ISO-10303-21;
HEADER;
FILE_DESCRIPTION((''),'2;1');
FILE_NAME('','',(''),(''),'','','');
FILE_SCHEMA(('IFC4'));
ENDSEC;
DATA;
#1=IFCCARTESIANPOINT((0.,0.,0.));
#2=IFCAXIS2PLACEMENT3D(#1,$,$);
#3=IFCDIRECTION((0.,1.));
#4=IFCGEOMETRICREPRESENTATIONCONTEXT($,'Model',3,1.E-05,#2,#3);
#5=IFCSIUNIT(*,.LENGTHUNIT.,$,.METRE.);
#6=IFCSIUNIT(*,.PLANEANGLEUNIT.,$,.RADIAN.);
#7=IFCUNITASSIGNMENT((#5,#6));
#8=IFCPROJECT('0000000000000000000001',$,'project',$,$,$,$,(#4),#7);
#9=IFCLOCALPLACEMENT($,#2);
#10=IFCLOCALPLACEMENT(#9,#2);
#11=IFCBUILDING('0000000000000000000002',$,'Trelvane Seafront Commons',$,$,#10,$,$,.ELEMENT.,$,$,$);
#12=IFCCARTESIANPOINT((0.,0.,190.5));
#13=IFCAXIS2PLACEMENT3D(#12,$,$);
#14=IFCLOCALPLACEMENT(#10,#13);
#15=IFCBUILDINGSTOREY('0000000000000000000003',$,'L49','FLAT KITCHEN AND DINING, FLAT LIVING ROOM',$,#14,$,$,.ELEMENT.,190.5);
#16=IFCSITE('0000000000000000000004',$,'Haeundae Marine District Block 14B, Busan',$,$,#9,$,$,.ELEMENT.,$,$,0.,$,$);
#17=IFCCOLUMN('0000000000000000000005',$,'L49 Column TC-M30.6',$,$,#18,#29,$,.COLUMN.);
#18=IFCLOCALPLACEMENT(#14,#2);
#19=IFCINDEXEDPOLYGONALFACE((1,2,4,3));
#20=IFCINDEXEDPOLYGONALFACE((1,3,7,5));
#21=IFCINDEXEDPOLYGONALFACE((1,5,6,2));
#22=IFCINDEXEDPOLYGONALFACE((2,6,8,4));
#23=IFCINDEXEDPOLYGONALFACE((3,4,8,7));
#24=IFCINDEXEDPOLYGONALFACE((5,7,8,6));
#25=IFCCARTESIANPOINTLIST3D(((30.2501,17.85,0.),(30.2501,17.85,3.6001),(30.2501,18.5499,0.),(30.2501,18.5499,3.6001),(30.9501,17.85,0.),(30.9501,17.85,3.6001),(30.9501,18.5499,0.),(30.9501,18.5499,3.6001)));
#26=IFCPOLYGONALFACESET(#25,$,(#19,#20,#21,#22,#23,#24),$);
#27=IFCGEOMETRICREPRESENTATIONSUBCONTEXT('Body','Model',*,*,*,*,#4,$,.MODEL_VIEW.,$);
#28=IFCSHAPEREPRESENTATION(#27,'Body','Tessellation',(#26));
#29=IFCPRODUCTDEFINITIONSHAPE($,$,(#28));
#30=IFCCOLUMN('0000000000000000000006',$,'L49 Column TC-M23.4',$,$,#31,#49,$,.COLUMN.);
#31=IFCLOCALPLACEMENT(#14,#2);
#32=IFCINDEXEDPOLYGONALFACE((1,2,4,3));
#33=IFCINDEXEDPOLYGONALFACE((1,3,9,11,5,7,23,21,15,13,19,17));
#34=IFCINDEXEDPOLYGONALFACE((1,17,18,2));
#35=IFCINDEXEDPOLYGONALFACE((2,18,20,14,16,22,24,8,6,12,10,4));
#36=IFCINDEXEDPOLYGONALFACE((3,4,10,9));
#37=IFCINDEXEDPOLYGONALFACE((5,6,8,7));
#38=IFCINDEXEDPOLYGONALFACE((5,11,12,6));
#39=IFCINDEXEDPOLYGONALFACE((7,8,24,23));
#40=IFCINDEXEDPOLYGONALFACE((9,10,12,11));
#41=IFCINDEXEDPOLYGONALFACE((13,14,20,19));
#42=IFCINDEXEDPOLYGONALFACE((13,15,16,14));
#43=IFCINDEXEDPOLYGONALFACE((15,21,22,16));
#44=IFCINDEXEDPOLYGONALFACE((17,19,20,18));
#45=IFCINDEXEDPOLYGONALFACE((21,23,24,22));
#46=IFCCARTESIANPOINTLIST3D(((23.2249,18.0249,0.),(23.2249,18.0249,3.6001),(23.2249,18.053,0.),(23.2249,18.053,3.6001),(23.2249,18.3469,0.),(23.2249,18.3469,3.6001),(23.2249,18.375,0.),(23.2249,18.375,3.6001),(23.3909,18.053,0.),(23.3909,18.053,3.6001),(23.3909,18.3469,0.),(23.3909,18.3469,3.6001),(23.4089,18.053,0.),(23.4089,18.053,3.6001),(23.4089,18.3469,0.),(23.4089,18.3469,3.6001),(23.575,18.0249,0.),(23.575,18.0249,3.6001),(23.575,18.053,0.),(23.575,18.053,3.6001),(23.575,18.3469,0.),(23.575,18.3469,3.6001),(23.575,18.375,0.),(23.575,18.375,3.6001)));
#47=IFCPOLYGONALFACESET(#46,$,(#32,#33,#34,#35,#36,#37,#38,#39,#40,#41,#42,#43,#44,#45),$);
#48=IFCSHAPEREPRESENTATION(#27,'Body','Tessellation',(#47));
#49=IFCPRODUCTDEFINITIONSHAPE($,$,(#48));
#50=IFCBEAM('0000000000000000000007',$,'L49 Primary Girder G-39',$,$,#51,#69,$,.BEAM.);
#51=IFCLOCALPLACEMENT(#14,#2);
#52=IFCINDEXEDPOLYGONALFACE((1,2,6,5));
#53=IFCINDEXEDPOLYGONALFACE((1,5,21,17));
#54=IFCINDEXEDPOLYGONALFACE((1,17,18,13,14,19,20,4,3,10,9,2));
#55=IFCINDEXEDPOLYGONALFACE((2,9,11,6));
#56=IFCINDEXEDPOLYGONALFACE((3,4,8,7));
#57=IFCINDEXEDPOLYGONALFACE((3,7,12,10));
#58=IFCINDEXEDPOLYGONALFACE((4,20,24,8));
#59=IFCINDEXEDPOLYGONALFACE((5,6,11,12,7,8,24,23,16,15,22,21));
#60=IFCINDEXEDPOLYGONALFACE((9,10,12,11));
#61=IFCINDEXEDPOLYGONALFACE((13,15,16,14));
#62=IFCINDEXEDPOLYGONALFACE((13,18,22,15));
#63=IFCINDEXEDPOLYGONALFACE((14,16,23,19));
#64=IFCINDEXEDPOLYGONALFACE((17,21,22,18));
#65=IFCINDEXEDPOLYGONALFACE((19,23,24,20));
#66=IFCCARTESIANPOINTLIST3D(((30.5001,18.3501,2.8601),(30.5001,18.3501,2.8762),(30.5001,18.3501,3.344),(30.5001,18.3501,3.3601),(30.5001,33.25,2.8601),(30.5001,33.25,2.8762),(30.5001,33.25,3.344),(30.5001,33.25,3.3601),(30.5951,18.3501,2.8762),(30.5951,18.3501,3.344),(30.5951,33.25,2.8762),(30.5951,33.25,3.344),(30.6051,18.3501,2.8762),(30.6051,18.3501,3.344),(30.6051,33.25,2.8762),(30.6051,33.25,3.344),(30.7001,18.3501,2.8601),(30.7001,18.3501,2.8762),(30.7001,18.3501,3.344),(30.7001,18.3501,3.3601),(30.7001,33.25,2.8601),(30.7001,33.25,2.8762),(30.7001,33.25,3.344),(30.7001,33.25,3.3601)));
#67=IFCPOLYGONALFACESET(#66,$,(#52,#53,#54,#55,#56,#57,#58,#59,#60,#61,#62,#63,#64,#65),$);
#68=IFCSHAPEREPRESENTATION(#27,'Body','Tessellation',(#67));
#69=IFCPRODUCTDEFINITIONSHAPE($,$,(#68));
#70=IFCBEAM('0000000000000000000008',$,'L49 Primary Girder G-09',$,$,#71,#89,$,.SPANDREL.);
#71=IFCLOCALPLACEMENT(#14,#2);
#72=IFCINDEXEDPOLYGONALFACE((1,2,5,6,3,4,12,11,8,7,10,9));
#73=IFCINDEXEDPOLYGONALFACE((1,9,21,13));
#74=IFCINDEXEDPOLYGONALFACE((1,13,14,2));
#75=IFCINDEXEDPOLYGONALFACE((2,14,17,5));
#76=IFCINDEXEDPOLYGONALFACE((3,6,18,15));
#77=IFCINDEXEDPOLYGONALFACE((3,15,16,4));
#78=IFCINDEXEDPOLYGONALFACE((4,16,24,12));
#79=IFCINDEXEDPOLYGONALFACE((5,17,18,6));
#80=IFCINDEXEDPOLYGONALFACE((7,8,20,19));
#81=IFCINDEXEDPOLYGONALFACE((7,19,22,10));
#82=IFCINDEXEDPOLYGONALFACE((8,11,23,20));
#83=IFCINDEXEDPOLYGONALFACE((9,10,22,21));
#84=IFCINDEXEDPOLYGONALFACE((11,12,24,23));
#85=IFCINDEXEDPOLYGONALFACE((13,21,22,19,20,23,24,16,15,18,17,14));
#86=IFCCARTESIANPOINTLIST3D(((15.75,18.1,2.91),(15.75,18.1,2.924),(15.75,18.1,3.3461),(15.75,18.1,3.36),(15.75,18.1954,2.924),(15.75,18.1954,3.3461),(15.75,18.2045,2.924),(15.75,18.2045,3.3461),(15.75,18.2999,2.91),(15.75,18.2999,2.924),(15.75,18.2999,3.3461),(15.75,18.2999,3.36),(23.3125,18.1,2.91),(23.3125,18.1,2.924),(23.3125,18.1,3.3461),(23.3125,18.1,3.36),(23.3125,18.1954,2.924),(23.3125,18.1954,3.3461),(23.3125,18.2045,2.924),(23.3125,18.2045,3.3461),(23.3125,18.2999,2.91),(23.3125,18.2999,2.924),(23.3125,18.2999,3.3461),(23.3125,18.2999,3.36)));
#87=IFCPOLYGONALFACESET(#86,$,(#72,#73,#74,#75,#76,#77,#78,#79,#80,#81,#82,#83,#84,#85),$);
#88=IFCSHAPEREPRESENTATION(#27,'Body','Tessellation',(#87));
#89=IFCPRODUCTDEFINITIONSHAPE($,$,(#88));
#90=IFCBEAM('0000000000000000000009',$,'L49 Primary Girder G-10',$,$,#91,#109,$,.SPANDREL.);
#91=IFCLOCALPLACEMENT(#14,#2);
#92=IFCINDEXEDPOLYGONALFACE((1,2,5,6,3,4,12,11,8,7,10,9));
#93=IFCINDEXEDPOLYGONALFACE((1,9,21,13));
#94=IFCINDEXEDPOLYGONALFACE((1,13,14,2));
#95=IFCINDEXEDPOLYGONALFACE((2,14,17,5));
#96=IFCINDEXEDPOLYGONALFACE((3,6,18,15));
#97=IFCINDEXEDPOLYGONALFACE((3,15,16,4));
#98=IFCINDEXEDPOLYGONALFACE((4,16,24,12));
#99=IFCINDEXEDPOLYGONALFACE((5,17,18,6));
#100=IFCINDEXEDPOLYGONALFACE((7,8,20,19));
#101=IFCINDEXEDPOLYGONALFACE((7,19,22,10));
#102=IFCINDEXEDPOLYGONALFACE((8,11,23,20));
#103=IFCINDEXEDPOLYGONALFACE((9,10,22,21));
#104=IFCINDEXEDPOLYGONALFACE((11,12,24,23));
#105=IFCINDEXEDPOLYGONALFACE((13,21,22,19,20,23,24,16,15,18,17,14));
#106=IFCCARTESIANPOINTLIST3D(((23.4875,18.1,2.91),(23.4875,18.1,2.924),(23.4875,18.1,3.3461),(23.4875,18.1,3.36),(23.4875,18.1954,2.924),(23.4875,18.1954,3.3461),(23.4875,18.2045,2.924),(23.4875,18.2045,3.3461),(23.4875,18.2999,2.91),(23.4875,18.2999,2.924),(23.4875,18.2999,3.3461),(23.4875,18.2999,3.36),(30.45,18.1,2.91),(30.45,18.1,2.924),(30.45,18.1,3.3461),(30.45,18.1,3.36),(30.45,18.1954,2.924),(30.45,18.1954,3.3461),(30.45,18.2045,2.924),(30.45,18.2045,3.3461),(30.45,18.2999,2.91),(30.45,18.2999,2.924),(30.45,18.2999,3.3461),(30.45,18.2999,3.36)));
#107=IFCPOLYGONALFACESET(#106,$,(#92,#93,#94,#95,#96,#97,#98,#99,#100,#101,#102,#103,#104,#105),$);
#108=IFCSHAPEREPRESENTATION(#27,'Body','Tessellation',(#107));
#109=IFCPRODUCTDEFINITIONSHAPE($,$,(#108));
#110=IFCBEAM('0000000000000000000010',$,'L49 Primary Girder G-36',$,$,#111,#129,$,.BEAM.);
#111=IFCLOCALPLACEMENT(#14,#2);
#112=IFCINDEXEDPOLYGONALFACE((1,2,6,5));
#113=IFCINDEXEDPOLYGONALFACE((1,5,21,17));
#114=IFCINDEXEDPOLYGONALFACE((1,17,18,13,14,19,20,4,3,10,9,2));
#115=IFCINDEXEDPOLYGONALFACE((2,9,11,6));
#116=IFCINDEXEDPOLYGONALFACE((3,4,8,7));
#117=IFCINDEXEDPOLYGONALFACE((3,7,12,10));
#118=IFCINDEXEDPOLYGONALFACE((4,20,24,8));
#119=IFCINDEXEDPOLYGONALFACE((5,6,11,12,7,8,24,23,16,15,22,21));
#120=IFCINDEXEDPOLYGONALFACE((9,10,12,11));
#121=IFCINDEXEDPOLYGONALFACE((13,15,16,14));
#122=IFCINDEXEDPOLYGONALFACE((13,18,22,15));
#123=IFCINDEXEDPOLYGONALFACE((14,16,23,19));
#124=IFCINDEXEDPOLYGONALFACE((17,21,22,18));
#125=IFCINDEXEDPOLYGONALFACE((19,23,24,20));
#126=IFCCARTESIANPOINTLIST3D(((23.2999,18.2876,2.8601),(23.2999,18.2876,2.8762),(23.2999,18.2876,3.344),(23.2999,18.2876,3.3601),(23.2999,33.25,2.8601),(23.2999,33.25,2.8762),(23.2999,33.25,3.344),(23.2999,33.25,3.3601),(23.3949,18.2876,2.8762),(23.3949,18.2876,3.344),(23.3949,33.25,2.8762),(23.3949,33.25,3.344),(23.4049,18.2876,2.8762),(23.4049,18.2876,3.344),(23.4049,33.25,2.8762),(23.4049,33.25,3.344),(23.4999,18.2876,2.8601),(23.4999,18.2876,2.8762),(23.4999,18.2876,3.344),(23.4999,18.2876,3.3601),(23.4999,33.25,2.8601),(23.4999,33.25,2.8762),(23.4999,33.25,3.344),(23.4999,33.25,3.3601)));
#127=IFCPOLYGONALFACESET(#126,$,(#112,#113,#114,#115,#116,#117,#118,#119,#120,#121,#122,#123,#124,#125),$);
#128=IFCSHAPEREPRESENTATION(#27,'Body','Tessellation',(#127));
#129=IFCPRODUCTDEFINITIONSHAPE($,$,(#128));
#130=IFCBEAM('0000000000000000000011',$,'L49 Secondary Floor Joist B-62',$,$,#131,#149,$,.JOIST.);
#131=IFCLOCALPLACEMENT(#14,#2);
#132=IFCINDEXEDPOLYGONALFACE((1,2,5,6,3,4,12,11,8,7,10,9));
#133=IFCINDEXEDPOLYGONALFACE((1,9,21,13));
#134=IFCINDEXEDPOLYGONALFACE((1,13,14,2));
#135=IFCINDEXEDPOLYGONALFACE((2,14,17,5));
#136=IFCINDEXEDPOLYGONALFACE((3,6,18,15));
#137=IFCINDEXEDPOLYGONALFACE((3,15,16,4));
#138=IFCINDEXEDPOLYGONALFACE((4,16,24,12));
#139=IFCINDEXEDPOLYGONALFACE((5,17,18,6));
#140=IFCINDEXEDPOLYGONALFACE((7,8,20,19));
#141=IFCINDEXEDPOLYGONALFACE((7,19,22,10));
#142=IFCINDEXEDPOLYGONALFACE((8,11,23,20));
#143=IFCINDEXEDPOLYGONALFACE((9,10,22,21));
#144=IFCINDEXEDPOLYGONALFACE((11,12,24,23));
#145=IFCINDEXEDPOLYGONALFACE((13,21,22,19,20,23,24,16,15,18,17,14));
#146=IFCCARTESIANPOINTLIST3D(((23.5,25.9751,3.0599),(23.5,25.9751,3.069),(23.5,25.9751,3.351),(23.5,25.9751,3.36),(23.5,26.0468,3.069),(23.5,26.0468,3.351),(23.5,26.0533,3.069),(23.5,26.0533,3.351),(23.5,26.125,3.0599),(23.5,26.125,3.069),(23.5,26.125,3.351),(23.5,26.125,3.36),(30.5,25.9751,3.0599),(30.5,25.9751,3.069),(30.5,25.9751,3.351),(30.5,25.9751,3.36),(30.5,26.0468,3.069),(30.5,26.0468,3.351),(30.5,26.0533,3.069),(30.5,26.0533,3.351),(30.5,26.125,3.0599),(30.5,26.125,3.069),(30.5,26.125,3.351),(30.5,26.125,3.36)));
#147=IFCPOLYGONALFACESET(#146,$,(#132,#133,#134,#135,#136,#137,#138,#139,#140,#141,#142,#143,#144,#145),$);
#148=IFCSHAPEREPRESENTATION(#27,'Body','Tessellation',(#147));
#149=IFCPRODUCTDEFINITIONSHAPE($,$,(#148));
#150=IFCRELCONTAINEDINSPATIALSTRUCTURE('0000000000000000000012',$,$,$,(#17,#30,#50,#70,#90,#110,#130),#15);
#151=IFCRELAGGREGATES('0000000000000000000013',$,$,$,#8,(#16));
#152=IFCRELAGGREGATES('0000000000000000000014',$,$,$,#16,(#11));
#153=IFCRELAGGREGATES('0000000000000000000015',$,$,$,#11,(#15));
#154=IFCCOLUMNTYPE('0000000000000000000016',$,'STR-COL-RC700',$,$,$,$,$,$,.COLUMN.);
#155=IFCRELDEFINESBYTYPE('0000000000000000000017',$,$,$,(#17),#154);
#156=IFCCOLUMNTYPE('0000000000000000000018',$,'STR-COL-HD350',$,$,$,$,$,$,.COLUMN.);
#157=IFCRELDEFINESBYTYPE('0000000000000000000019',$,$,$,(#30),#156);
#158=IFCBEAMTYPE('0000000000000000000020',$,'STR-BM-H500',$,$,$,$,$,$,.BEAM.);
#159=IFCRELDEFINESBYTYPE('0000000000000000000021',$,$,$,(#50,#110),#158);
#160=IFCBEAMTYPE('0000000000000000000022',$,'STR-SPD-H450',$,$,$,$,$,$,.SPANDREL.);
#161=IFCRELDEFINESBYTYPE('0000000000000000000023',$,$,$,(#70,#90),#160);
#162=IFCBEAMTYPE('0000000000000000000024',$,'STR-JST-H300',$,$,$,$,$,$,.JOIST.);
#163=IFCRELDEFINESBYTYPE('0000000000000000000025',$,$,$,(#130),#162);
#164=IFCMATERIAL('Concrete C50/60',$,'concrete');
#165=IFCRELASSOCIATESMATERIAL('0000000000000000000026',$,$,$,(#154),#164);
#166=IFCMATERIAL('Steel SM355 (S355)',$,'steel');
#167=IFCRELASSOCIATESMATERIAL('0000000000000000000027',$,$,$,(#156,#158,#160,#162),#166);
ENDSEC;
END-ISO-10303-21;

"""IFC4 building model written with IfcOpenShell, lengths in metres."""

from ifc_helpers import new_model, si_unit, direction, frame, origin, origin_2d, place, context, subcontext, project, spatial, rectangle, i_section, extrude, source, transform, mapped, material, material_profile, profile_set, type_object, element, save


model = new_model("IFC4")

# Units and contexts
model_context = context("Model", 3, precision=1e-05, world=origin(), true_north=direction((0.0, 1.0)))
body_context = subcontext(model_context, "Body", "Model", "MODEL_VIEW")
ifc_project = project(units=[si_unit("LENGTHUNIT", "METRE"), si_unit("PLANEANGLEUNIT", "RADIAN")], contexts=[model_context])

# Site, building, storey
site_placement = place(None, origin())
site = spatial("IfcSite", under=ifc_project, at=site_placement, Name="Haeundae Marine District Block 14B, Busan", CompositionType="ELEMENT", RefElevation=0.0)
building_placement = place(site_placement, origin())
building = spatial("IfcBuilding", under=site, at=building_placement, Name="Trelvane Seafront Commons", CompositionType="ELEMENT")
storey_placement = place(building_placement, frame((0.0, 0.0, 190.5)))
storey = spatial("IfcBuildingStorey", under=building, at=storey_placement, Name="L49", Description="FLAT KITCHEN AND DINING, FLAT LIVING ROOM", CompositionType="ELEMENT", Elevation=190.5)

# Columns
ifc_material_1 = material(Name="Concrete C50/60", Category="concrete")
ifc_material_profile_1 = material_profile(ifc_material_1, rectangle(XDim=0.7, YDim=0.7, at=origin_2d()), Name="RC-700x700")
ifc_profile_set_1 = profile_set([ifc_material_profile_1], Name="Concrete C50/60")
column_type_1 = type_object("IfcColumnType", Name="STR-COL-RC700", PredefinedType="COLUMN", material=ifc_profile_set_1)
shared_shape_1 = source(origin(), body_context, "Body", "SweptSolid", [
    extrude(rectangle(XDim=0.7, YDim=0.7, at=origin_2d()), origin(), (0.0, 0.0, 1.0), 3.6001),
])
column_1_placement = place(storey_placement, frame((30.6001, 18.2, 0.0), z_axis=(0.0, 0.0, 1.0), x_axis=(1.0, 0.0, 0.0)))
element("IfcColumn", 1, at=column_1_placement, inside=storey, type_object=column_type_1, Name="L49 Column TC-M30.6", PredefinedType="COLUMN", context=body_context, shape_type="MappedRepresentation", body=[
    mapped(shared_shape_1, transform((0.0, 0.0, 0.0), x_axis=(1.0, 0.0, 0.0), y_axis=(0.0, 1.0, 0.0), z_axis=(0.0, 0.0, 1.0), scale=1.0)),
])
ifc_material_2 = material(Name="Steel SM355 (S355)", Category="steel")
ifc_material_profile_2 = material_profile(ifc_material_2, i_section(OverallWidth=0.3501, OverallDepth=0.3501, WebThickness=0.0181, FlangeThickness=0.0281, at=origin_2d()), Name="HD-350x350x18x28")
ifc_profile_set_2 = profile_set([ifc_material_profile_2], Name="Steel SM355 (S355)")
column_type_2 = type_object("IfcColumnType", Name="STR-COL-HD350", PredefinedType="COLUMN", material=ifc_profile_set_2)
shared_shape_2 = source(origin(), body_context, "Body", "SweptSolid", [
    extrude(i_section(OverallWidth=0.3501, OverallDepth=0.3501, WebThickness=0.0181, FlangeThickness=0.0281, at=origin_2d()), origin(), (0.0, 0.0, 1.0), 3.6001),
])
column_2_placement = place(storey_placement, frame((23.3999, 18.2, 0.0), z_axis=(0.0, 0.0, 1.0), x_axis=(1.0, 0.0, 0.0)))
element("IfcColumn", 2, at=column_2_placement, inside=storey, type_object=column_type_2, Name="L49 Column TC-M23.4", PredefinedType="COLUMN", context=body_context, shape_type="MappedRepresentation", body=[
    mapped(shared_shape_2, transform((0.0, 0.0, 0.0), x_axis=(1.0, 0.0, 0.0), y_axis=(0.0, 1.0, 0.0), z_axis=(0.0, 0.0, 1.0), scale=1.0)),
])

# Beams
ifc_material_profile_3 = material_profile(ifc_material_2, i_section(OverallWidth=0.2, OverallDepth=0.5, WebThickness=0.01, FlangeThickness=0.0161, at=origin_2d()), Name="H-500x200x10x16")
ifc_profile_set_3 = profile_set([ifc_material_profile_3], Name="Steel SM355 (S355)")
beam_type_1 = type_object("IfcBeamType", Name="STR-BM-H500", PredefinedType="BEAM", material=ifc_profile_set_3)
shared_shape_3 = source(origin(), body_context, "Body", "SweptSolid", [
    extrude(i_section(OverallWidth=0.2, OverallDepth=0.5, WebThickness=0.01, FlangeThickness=0.0161, at=origin_2d()), origin(), (0.0, 0.0, 1.0), 14.8999),
])
beam_1_placement = place(storey_placement, frame((30.6001, 18.3501, 3.1101), z_axis=(0.0, 1.0, 0.0), x_axis=(-1.0, 0.0, 0.0)))
element("IfcBeam", 3, at=beam_1_placement, inside=storey, type_object=beam_type_1, Name="L49 Primary Girder G-39", PredefinedType="BEAM", context=body_context, shape_type="MappedRepresentation", body=[
    mapped(shared_shape_3, transform((0.0, 0.0, 0.0), x_axis=(1.0, 0.0, 0.0), y_axis=(0.0, 1.0, 0.0), z_axis=(0.0, 0.0, 1.0), scale=1.0)),
])
ifc_material_profile_4 = material_profile(ifc_material_2, i_section(OverallWidth=0.2, OverallDepth=0.45, WebThickness=0.009, FlangeThickness=0.0139, at=origin_2d()), Name="H-450x200x9x14")
ifc_profile_set_4 = profile_set([ifc_material_profile_4], Name="Steel SM355 (S355)")
beam_type_2 = type_object("IfcBeamType", Name="STR-SPD-H450", PredefinedType="SPANDREL", material=ifc_profile_set_4)
shared_shape_4 = source(origin(), body_context, "Body", "SweptSolid", [
    extrude(i_section(OverallWidth=0.2, OverallDepth=0.45, WebThickness=0.009, FlangeThickness=0.0139, at=origin_2d()), origin(), (0.0, 0.0, 1.0), 7.5625),
])
beam_2_placement = place(storey_placement, frame((15.75, 18.2, 3.135), z_axis=(1.0, 0.0, 0.0), x_axis=(0.0, 1.0, 0.0)))
element("IfcBeam", 4, at=beam_2_placement, inside=storey, type_object=beam_type_2, Name="L49 Primary Girder G-09", PredefinedType="SPANDREL", context=body_context, shape_type="MappedRepresentation", body=[
    mapped(shared_shape_4, transform((0.0, 0.0, 0.0), x_axis=(1.0, 0.0, 0.0), y_axis=(0.0, 1.0, 0.0), z_axis=(0.0, 0.0, 1.0), scale=1.0)),
])
shared_shape_5 = source(origin(), body_context, "Body", "SweptSolid", [
    extrude(i_section(OverallWidth=0.2, OverallDepth=0.45, WebThickness=0.009, FlangeThickness=0.0139, at=origin_2d()), origin(), (0.0, 0.0, 1.0), 6.9624),
])
beam_3_placement = place(storey_placement, frame((23.4875, 18.2, 3.135), z_axis=(1.0, 0.0, 0.0), x_axis=(0.0, 1.0, 0.0)))
element("IfcBeam", 5, at=beam_3_placement, inside=storey, type_object=beam_type_2, Name="L49 Primary Girder G-10", PredefinedType="SPANDREL", context=body_context, shape_type="MappedRepresentation", body=[
    mapped(shared_shape_5, transform((0.0, 0.0, 0.0), x_axis=(1.0, 0.0, 0.0), y_axis=(0.0, 1.0, 0.0), z_axis=(0.0, 0.0, 1.0), scale=1.0)),
])
shared_shape_6 = source(origin(), body_context, "Body", "SweptSolid", [
    extrude(i_section(OverallWidth=0.2, OverallDepth=0.5, WebThickness=0.01, FlangeThickness=0.0161, at=origin_2d()), origin(), (0.0, 0.0, 1.0), 14.9624),
])
beam_4_placement = place(storey_placement, frame((23.3999, 18.2876, 3.1101), z_axis=(0.0, 1.0, 0.0), x_axis=(-1.0, 0.0, 0.0)))
element("IfcBeam", 6, at=beam_4_placement, inside=storey, type_object=beam_type_1, Name="L49 Primary Girder G-36", PredefinedType="BEAM", context=body_context, shape_type="MappedRepresentation", body=[
    mapped(shared_shape_6, transform((0.0, 0.0, 0.0), x_axis=(1.0, 0.0, 0.0), y_axis=(0.0, 1.0, 0.0), z_axis=(0.0, 0.0, 1.0), scale=1.0)),
])
ifc_material_profile_5 = material_profile(ifc_material_2, i_section(OverallWidth=0.1499, OverallDepth=0.3, WebThickness=0.0066, FlangeThickness=0.009, at=origin_2d()), Name="H-300x150x6.5x9")
ifc_profile_set_5 = profile_set([ifc_material_profile_5], Name="Steel SM355 (S355)")
beam_type_3 = type_object("IfcBeamType", Name="STR-JST-H300", PredefinedType="JOIST", material=ifc_profile_set_5)
shared_shape_7 = source(origin(), body_context, "Body", "SweptSolid", [
    extrude(i_section(OverallWidth=0.1499, OverallDepth=0.3, WebThickness=0.0066, FlangeThickness=0.009, at=origin_2d()), origin(), (0.0, 0.0, 1.0), 7.0),
])
beam_5_placement = place(storey_placement, frame((23.5, 26.05, 3.21), z_axis=(1.0, 0.0, 0.0), x_axis=(0.0, 1.0, 0.0)))
element("IfcBeam", 7, at=beam_5_placement, inside=storey, type_object=beam_type_3, Name="L49 Secondary Floor Joist B-62", PredefinedType="JOIST", context=body_context, shape_type="MappedRepresentation", body=[
    mapped(shared_shape_7, transform((0.0, 0.0, 0.0), x_axis=(1.0, 0.0, 0.0), y_axis=(0.0, 1.0, 0.0), z_axis=(0.0, 0.0, 1.0), scale=1.0)),
])

save(model, "model.ifc")
